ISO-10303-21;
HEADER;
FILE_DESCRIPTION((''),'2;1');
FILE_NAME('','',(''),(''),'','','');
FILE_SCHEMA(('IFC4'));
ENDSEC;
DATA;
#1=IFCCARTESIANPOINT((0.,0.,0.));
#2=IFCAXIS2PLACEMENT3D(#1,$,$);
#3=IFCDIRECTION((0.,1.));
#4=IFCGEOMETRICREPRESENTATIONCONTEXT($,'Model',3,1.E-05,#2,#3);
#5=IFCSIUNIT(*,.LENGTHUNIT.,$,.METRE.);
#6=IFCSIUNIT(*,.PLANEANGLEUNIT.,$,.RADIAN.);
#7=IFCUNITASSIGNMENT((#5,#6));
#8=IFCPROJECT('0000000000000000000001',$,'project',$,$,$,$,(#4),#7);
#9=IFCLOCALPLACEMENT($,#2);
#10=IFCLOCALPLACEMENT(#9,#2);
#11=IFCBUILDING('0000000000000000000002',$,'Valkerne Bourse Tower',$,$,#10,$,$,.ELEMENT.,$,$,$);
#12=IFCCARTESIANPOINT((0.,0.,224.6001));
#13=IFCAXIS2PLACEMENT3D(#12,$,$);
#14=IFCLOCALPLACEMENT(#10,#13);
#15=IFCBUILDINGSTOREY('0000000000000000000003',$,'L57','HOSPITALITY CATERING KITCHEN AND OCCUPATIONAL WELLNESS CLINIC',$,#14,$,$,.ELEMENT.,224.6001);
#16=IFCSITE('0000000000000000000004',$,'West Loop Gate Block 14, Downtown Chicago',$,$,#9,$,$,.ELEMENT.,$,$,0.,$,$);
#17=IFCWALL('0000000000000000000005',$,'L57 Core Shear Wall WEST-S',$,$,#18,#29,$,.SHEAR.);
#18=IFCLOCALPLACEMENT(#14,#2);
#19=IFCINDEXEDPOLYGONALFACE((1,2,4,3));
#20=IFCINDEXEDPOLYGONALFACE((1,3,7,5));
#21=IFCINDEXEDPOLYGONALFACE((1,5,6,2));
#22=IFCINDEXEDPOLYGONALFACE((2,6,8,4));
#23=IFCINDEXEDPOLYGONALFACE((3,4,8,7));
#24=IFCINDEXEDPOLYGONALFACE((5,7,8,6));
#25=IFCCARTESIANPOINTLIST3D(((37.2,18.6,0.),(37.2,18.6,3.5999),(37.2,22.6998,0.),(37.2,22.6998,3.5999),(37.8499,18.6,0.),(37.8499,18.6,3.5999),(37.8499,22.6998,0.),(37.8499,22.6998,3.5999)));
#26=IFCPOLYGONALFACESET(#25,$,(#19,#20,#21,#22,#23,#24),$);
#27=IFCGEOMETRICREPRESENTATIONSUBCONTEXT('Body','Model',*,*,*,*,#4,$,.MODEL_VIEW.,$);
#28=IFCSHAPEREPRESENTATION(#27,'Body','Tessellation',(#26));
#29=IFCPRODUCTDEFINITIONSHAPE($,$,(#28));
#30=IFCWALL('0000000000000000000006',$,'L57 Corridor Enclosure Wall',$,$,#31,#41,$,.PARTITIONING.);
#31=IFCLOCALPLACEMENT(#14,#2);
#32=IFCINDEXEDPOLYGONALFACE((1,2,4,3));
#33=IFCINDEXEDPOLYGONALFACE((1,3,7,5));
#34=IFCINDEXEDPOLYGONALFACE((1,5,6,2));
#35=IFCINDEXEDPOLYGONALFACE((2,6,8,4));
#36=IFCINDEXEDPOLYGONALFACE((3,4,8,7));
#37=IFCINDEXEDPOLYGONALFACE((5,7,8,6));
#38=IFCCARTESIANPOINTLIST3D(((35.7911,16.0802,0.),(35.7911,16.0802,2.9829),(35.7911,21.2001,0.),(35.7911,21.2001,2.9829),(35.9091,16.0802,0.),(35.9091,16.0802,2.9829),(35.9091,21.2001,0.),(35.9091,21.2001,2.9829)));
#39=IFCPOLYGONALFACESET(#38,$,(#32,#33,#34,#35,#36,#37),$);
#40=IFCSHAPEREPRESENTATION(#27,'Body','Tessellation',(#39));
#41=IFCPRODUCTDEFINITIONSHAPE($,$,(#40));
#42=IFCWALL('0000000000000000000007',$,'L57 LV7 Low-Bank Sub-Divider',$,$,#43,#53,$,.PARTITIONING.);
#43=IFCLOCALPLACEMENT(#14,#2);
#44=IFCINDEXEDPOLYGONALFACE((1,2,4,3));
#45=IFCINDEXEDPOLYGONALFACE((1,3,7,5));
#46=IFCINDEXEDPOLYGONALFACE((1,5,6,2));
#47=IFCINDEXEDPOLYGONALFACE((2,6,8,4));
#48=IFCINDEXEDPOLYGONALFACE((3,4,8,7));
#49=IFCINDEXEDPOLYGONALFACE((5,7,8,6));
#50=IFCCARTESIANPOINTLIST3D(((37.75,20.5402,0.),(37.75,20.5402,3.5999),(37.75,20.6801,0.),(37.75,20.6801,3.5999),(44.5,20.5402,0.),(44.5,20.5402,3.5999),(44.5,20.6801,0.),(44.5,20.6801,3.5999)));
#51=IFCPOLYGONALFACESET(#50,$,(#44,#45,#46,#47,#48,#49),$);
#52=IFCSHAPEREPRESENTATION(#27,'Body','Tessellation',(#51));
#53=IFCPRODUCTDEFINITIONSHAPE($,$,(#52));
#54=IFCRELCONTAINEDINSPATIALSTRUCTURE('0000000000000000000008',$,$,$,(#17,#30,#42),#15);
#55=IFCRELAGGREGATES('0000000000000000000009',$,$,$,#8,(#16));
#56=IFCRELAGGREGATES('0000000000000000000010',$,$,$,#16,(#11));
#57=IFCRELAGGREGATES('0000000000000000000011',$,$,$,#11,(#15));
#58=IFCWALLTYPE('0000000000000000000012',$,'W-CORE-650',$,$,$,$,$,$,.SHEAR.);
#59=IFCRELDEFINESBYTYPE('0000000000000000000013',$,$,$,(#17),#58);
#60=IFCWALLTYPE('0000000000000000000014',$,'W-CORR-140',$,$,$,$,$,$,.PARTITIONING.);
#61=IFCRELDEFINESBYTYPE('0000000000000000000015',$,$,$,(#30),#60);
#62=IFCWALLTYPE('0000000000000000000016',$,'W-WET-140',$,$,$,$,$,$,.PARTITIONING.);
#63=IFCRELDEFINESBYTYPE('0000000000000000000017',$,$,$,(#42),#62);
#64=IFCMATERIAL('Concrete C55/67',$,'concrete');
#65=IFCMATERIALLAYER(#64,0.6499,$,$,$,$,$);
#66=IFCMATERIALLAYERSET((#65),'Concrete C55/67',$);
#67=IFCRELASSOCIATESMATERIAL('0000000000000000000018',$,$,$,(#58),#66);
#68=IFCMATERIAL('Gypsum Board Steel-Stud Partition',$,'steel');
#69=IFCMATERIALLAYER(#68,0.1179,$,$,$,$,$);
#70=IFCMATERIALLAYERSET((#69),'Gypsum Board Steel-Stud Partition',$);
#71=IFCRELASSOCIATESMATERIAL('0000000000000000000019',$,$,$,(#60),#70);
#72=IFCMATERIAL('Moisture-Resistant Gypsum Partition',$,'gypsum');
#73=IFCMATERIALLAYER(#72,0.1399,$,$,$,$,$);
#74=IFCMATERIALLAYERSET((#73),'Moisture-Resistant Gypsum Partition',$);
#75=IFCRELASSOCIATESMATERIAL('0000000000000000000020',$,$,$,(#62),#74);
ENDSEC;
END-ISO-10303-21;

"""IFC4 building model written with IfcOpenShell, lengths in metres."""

from ifc_helpers import new_model, si_unit, direction, frame, frame_2d, origin, place, context, subcontext, project, spatial, rectangle, extrude, material, layer, layer_set, type_object, element, save


model = new_model("IFC4")

# Units and contexts
model_context = context("Model", 3, precision=1e-05, world=origin(), true_north=direction((0.0, 1.0)))
body_context = subcontext(model_context, "Body", "Model", "MODEL_VIEW")
ifc_project = project(units=[si_unit("LENGTHUNIT", "METRE"), si_unit("PLANEANGLEUNIT", "RADIAN")], contexts=[model_context])

# Site, building, storey
site_placement = place(None, origin())
site = spatial("IfcSite", under=ifc_project, at=site_placement, Name="West Loop Gate Block 14, Downtown Chicago", CompositionType="ELEMENT", RefElevation=0.0)
building_placement = place(site_placement, origin())
building = spatial("IfcBuilding", under=site, at=building_placement, Name="Valkerne Bourse Tower", CompositionType="ELEMENT")
storey_placement = place(building_placement, frame((0.0, 0.0, 224.6001)))
storey = spatial("IfcBuildingStorey", under=building, at=storey_placement, Name="L57", Description="HOSPITALITY CATERING KITCHEN AND OCCUPATIONAL WELLNESS CLINIC", CompositionType="ELEMENT", Elevation=224.6001)

# Shared definitions
ifc_material_1 = material(Name="Concrete C55/67", Category="concrete")
ifc_layer_1 = layer(ifc_material_1, 0.6499)
ifc_layer_set_1 = layer_set([ifc_layer_1], Name="Concrete C55/67")
wall_type_1 = type_object("IfcWallType", Name="W-CORE-650", PredefinedType="SHEAR", material=ifc_layer_set_1)

# Walls
wall_1_placement = place(storey_placement, frame((37.5249, 18.6001, 0.0), z_axis=(0.0, 0.0, 1.0), x_axis=(0.0, 1.0, 0.0)))
element("IfcWall", 1, at=wall_1_placement, inside=storey, type_object=wall_type_1, Name="L57 Core Shear Wall WEST-S", PredefinedType="SHEAR", context=body_context, shape_type="SweptSolid", body=[
    extrude(rectangle(XDim=4.0999, YDim=0.6499, at=frame_2d((2.0498, 0.0))), origin(), (0.0, 0.0, 1.0), 3.5999),
])
ifc_material_2 = material(Name="Gypsum Board Steel-Stud Partition", Category="steel")
ifc_layer_2 = layer(ifc_material_2, 0.1179)
ifc_layer_set_2 = layer_set([ifc_layer_2], Name="Gypsum Board Steel-Stud Partition")
wall_type_2 = type_object("IfcWallType", Name="W-CORR-140", PredefinedType="PARTITIONING", material=ifc_layer_set_2)
wall_2_placement = place(storey_placement, frame((35.8501, 16.0801, 0.0), z_axis=(0.0, 0.0, 1.0), x_axis=(0.0, 1.0, 0.0)))
element("IfcWall", 2, at=wall_2_placement, inside=storey, type_object=wall_type_2, Name="L57 Corridor Enclosure Wall", PredefinedType="PARTITIONING", context=body_context, shape_type="SweptSolid", body=[
    extrude(rectangle(XDim=5.1199, YDim=0.1179, at=frame_2d((2.5601, 0.0))), origin(), (0.0, 0.0, 1.0), 2.9829),
])
ifc_material_3 = material(Name="Moisture-Resistant Gypsum Partition", Category="gypsum")
ifc_layer_3 = layer(ifc_material_3, 0.1399)
ifc_layer_set_3 = layer_set([ifc_layer_3], Name="Moisture-Resistant Gypsum Partition")
wall_type_3 = type_object("IfcWallType", Name="W-WET-140", PredefinedType="PARTITIONING", material=ifc_layer_set_3)
wall_3_placement = place(storey_placement, frame((37.75, 20.6101, 0.0), z_axis=(0.0, 0.0, 1.0), x_axis=(1.0, 0.0, 0.0)))
element("IfcWall", 3, at=wall_3_placement, inside=storey, type_object=wall_type_3, Name="L57 LV7 Low-Bank Sub-Divider", PredefinedType="PARTITIONING", context=body_context, shape_type="SweptSolid", body=[
    extrude(rectangle(XDim=6.75, YDim=0.1399, at=frame_2d((3.375, 0.0))), origin(), (0.0, 0.0, 1.0), 3.5999),
])

save(model, "model.ifc")
